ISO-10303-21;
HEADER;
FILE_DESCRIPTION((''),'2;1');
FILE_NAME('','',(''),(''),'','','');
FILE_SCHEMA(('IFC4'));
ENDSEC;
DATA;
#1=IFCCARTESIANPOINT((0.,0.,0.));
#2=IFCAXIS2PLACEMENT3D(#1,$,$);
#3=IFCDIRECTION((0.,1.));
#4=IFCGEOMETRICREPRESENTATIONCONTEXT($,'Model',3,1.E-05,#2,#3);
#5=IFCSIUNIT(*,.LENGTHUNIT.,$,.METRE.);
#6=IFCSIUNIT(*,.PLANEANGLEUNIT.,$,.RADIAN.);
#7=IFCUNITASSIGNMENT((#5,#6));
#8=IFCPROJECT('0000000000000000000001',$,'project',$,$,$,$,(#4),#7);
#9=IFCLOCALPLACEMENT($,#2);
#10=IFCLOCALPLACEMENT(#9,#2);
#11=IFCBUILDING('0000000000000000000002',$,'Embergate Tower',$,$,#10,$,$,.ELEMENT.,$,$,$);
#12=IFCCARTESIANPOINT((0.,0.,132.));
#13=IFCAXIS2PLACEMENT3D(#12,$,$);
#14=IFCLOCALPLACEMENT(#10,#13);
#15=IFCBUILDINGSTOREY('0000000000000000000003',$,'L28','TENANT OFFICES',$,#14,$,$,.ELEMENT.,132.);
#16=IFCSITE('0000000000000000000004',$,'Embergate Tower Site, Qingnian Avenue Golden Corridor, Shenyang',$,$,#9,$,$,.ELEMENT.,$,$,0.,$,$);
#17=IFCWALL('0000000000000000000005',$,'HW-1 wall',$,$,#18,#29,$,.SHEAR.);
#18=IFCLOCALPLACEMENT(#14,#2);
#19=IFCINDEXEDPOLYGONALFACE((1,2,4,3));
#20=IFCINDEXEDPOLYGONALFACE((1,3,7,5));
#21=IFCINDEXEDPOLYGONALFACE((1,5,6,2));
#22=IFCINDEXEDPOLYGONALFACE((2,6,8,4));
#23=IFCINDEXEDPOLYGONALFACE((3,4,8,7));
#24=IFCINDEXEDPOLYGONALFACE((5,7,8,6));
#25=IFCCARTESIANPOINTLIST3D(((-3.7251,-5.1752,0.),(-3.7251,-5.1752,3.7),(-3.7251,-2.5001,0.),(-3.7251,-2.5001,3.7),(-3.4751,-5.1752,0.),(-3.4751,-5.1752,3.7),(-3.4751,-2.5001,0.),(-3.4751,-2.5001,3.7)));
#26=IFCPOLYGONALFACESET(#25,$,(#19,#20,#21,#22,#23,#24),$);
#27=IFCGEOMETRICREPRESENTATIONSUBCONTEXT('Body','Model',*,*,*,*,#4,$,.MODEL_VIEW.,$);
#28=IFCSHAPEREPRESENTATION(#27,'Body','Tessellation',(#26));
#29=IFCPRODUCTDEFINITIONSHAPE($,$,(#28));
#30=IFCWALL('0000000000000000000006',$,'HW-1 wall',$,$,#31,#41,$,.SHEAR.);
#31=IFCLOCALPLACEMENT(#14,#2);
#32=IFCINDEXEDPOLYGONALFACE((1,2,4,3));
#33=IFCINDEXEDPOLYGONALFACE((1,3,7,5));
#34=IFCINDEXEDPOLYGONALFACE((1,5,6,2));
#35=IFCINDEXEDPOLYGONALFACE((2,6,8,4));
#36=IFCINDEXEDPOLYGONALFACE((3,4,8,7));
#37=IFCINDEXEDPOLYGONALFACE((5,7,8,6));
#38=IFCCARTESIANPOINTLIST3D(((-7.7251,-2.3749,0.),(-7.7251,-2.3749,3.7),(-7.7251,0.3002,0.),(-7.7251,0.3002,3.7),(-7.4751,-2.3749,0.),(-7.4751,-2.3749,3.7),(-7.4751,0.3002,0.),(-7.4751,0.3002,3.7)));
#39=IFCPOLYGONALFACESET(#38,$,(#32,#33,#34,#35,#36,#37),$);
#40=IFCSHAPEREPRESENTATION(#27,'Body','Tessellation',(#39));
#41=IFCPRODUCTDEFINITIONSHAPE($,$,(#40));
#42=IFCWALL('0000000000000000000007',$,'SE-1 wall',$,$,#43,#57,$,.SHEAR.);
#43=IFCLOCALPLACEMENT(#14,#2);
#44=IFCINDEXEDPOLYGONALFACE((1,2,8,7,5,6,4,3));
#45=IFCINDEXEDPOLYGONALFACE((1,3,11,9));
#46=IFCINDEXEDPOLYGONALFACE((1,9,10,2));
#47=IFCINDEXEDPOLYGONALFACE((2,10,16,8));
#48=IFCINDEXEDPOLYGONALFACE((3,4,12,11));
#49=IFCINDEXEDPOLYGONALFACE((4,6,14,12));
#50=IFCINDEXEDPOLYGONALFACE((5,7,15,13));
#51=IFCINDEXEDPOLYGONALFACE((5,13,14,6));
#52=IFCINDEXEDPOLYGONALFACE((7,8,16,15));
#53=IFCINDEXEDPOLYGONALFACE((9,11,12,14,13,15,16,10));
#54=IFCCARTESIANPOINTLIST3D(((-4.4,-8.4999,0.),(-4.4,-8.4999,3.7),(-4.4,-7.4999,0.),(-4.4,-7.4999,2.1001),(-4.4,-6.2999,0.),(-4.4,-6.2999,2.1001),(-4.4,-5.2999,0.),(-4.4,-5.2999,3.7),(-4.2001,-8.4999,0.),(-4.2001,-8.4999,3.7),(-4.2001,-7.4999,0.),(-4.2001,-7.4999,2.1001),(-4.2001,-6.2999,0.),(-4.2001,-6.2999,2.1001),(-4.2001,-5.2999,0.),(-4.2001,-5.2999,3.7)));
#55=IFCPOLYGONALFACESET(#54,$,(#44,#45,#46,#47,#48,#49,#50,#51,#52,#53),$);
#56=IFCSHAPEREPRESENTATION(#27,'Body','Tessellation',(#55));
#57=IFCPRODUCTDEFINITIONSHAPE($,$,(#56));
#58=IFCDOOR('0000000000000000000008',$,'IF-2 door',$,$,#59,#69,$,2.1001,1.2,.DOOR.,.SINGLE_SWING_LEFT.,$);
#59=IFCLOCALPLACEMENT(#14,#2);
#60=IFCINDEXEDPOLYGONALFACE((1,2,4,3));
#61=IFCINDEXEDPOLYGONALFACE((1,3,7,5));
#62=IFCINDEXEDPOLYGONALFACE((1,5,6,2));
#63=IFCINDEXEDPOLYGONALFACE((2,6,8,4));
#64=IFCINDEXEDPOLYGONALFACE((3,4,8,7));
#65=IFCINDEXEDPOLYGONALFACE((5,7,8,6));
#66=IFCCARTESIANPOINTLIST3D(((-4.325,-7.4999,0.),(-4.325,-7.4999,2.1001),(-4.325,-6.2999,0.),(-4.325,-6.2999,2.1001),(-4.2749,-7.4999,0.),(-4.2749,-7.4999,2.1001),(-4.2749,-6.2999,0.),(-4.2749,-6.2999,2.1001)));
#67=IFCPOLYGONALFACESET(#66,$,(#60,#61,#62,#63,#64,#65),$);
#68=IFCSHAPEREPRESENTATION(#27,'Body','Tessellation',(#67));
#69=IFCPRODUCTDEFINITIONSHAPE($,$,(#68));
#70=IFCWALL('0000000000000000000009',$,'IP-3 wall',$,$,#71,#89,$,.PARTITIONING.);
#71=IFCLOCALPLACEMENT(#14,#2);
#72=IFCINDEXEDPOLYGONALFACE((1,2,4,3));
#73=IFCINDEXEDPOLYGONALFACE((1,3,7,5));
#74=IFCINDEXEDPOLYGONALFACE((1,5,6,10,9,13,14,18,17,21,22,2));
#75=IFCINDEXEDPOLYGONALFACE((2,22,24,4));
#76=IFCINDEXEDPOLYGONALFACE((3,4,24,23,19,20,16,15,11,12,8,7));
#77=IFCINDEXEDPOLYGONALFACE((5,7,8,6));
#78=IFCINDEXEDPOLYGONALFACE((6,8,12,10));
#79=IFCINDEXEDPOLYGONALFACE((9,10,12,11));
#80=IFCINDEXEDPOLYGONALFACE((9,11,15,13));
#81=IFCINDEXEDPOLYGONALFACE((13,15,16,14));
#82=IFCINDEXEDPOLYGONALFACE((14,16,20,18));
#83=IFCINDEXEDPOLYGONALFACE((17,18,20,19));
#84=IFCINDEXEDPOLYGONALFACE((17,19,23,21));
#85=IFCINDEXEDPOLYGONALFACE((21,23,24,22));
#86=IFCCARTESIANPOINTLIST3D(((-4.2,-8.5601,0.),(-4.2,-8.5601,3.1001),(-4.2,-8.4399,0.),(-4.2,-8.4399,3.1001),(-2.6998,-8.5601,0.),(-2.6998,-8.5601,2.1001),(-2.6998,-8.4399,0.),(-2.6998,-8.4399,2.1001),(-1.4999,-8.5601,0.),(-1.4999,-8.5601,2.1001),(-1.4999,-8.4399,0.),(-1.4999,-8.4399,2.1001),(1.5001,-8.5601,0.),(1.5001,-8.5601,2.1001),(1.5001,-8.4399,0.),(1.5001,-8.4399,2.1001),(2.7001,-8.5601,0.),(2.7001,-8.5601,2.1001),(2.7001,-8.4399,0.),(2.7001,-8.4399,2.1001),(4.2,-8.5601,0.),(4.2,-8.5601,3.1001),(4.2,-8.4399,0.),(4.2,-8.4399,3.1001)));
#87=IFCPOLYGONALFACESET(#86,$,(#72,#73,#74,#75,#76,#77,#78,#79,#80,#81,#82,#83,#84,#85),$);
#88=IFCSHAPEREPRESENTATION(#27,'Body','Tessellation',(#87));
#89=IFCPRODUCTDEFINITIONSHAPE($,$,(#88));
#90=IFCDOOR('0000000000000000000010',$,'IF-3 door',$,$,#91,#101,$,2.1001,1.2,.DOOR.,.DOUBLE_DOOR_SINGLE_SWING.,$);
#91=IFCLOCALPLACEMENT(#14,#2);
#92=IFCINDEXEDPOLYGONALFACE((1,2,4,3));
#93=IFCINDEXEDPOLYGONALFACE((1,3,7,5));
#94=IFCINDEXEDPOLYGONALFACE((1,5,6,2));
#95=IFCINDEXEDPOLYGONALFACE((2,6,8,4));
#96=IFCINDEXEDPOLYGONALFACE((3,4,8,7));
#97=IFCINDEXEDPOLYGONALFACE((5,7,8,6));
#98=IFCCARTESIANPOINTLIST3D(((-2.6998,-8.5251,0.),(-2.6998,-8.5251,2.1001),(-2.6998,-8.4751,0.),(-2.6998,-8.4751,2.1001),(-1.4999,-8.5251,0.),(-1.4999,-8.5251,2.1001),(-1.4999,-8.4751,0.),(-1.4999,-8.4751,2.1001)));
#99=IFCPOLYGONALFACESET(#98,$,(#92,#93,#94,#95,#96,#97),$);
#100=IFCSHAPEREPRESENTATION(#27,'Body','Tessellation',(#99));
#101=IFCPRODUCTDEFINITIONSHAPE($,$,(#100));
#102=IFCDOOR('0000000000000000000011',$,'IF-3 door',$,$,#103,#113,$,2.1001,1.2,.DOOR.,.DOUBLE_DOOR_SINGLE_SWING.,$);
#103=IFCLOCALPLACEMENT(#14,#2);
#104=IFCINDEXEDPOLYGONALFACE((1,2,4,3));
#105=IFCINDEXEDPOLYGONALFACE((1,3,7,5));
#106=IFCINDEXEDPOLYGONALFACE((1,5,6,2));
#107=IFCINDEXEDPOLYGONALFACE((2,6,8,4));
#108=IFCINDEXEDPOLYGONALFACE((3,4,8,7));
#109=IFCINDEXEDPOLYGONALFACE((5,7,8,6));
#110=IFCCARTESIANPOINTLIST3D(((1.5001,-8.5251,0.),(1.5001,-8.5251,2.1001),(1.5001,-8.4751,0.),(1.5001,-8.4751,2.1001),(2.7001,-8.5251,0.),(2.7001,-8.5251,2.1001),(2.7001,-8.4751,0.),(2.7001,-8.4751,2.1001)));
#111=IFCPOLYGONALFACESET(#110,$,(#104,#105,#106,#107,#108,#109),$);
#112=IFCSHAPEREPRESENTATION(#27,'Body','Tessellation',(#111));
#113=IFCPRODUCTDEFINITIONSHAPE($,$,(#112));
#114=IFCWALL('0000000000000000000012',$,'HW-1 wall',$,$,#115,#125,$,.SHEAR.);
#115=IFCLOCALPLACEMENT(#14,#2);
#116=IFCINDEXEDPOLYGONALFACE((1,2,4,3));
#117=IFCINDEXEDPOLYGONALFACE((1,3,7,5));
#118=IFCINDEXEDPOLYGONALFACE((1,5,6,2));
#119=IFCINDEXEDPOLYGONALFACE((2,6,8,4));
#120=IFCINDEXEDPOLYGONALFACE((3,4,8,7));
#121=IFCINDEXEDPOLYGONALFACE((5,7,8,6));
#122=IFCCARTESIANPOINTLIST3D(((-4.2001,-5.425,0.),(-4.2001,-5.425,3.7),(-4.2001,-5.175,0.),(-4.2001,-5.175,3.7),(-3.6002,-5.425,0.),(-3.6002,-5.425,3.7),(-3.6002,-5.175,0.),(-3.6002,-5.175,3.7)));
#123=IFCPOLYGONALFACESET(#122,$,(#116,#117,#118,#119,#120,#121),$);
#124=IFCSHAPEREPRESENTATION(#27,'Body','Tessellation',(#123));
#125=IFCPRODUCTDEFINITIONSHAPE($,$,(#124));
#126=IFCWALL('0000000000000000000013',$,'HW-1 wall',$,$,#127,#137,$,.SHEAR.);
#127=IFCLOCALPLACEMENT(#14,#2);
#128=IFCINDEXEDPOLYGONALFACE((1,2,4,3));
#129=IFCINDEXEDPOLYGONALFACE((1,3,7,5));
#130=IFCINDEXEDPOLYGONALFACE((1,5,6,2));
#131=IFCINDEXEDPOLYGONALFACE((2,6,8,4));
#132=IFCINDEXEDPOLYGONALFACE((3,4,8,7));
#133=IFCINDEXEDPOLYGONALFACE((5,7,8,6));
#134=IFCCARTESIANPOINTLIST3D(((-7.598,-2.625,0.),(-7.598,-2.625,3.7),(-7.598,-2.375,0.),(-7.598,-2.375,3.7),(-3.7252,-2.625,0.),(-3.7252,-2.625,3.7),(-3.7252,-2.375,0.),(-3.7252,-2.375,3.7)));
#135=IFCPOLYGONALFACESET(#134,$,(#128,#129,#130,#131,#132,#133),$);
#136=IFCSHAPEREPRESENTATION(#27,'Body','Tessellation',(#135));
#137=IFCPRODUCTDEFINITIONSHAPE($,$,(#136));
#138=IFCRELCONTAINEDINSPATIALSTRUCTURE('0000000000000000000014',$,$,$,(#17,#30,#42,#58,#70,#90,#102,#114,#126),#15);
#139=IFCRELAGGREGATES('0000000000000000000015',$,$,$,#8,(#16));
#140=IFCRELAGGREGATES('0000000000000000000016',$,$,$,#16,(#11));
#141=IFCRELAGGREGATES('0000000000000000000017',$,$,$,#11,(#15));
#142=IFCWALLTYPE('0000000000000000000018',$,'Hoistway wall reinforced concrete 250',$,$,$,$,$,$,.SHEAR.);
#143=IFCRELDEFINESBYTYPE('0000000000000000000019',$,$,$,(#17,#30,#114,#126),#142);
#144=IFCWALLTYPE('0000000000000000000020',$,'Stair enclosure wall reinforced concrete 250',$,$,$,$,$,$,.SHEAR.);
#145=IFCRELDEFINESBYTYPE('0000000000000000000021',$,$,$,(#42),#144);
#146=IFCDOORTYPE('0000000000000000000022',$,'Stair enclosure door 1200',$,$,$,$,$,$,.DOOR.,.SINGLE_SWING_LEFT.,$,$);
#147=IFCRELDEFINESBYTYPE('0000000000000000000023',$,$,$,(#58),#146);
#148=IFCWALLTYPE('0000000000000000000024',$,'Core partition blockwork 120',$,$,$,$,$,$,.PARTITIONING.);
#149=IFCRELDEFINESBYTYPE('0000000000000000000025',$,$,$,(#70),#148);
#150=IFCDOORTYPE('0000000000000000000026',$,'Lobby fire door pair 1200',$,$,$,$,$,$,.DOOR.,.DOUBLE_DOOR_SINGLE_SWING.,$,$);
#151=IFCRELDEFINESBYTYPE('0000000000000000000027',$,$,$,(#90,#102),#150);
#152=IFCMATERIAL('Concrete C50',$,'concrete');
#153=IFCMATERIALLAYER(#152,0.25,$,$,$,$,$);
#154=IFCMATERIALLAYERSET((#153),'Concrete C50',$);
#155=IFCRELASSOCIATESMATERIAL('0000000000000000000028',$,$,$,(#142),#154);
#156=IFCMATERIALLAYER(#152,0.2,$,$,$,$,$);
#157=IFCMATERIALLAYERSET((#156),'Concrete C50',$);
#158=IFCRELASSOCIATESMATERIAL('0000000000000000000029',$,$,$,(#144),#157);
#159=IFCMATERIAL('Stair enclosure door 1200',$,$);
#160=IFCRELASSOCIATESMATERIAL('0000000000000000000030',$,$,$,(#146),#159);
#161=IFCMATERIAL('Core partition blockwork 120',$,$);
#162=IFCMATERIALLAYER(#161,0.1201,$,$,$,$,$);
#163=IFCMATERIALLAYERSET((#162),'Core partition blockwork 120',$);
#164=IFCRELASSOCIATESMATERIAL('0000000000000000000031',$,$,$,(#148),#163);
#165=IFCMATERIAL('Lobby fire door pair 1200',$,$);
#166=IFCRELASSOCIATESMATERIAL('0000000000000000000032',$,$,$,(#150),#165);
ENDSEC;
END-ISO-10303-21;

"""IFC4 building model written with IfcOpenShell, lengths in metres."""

from ifc_helpers import new_model, si_unit, direction, frame, frame_2d, origin, place, context, subcontext, project, spatial, rectangle, extrude, source, transform, mapped, material, layer, layer_set, type_object, element, fill, save


model = new_model("IFC4")

# Units and contexts
model_context = context("Model", 3, precision=1e-05, world=origin(), true_north=direction((0.0, 1.0)))
body_context = subcontext(model_context, "Body", "Model", "MODEL_VIEW")
ifc_project = project(units=[si_unit("LENGTHUNIT", "METRE"), si_unit("PLANEANGLEUNIT", "RADIAN")], contexts=[model_context])

# Site, building, storey
site_placement = place(None, origin())
site = spatial("IfcSite", under=ifc_project, at=site_placement, Name="Embergate Tower Site, Qingnian Avenue Golden Corridor, Shenyang", CompositionType="ELEMENT", RefElevation=0.0)
building_placement = place(site_placement, origin())
building = spatial("IfcBuilding", under=site, at=building_placement, Name="Embergate Tower", CompositionType="ELEMENT")
storey_placement = place(building_placement, frame((0.0, 0.0, 132.0)))
storey = spatial("IfcBuildingStorey", under=building, at=storey_placement, Name="L28", Description="TENANT OFFICES", CompositionType="ELEMENT", Elevation=132.0)

# Walls
ifc_material_1 = material(Name="Concrete C50", Category="concrete")
ifc_layer_1 = layer(ifc_material_1, 0.25)
ifc_layer_set_1 = layer_set([ifc_layer_1], Name="Concrete C50")
wall_type_1 = type_object("IfcWallType", Name="Hoistway wall reinforced concrete 250", PredefinedType="SHEAR", material=ifc_layer_set_1)
shared_shape_1 = source(origin(), body_context, "Body", "SweptSolid", [
    extrude(rectangle(XDim=2.675, YDim=0.25, at=frame_2d((1.3374, 0.0))), origin(), (0.0, 0.0, 1.0), 3.7),
])
for number, where, z_axis, x_axis, name in (
    (1, (-3.6001, -5.175, 0.0), (0.0, 0.0, 1.0), (0.0, 1.0, 0.0), "HW-1 wall"),
    (2, (-7.6001, 0.3, 0.0), (0.0, 0.0, 1.0), (0.0, -1.0, 0.0), "HW-1 wall"),
):
    element("IfcWall", number, at=place(storey_placement, frame(where, z_axis=z_axis, x_axis=x_axis)), inside=storey, type_object=wall_type_1, Name=name, PredefinedType="SHEAR", context=body_context, shape_type="MappedRepresentation", body=[
        mapped(shared_shape_1, transform((0.0, 0.0, 0.0))),
    ])

# Wall, opening, door
ifc_layer_2 = layer(ifc_material_1, 0.2)
ifc_layer_set_2 = layer_set([ifc_layer_2], Name="Concrete C50")
wall_type_2 = type_object("IfcWallType", Name="Stair enclosure wall reinforced concrete 250", PredefinedType="SHEAR", material=ifc_layer_set_2)
shared_shape_2 = source(origin(), body_context, "Body", "SweptSolid", [
    extrude(rectangle(XDim=3.2, YDim=0.2, at=frame_2d((1.6001, 0.0))), origin(), (0.0, 0.0, 1.0), 3.7),
])
wall_1_placement = place(storey_placement, frame((-4.3, -8.5, 0.0), z_axis=(0.0, 0.0, 1.0), x_axis=(0.0, 1.0, 0.0)))
wall_1 = element("IfcWall", 3, at=wall_1_placement, inside=storey, type_object=wall_type_2, Name="SE-1 wall", PredefinedType="SHEAR", context=body_context, shape_type="MappedRepresentation", body=[
    mapped(shared_shape_2, transform((0.0, 0.0, 0.0))),
])
shared_shape_3 = source(origin(), body_context, "Body", "SweptSolid", [
    extrude(rectangle(XDim=1.2, YDim=2.1001, at=frame_2d((0.6001, 1.05))), frame((0.0, 0.1099, 0.0), z_axis=(0.0, -1.0, 0.0), x_axis=(1.0, 0.0, 0.0)), (0.0, 0.0, 1.0), 0.22),
])
opening_1_placement = place(wall_1_placement, frame((1.0, 0.0, 0.0)))
opening_1 = element("IfcOpeningElement", 4, at=opening_1_placement, cuts=wall_1, PredefinedType="OPENING", context=body_context, shape_type="MappedRepresentation", body=[
    mapped(shared_shape_3, transform((0.0, 0.0, 0.0))),
])
ifc_material_2 = material(Name="Stair enclosure door 1200")
door_type_1 = type_object("IfcDoorType", Name="Stair enclosure door 1200", OperationType="SINGLE_SWING_LEFT", PredefinedType="DOOR", material=ifc_material_2)
shared_shape_4 = source(origin(), body_context, "Body", "SweptSolid", [
    extrude(rectangle(XDim=1.2, YDim=2.1001, at=frame_2d((0.6001, 1.05))), frame((0.0, 0.0249, 0.0), z_axis=(0.0, -1.0, 0.0), x_axis=(1.0, 0.0, 0.0)), (0.0, 0.0, 1.0), 0.05),
])
door_1_placement = place(opening_1_placement, origin())
door_1 = element("IfcDoor", 5, at=door_1_placement, inside=storey, type_object=door_type_1, Name="IF-2 door", OperationType="SINGLE_SWING_LEFT", OverallHeight=2.1001, OverallWidth=1.2, PredefinedType="DOOR", context=body_context, shape_type="MappedRepresentation", body=[
    mapped(shared_shape_4, transform((0.0, 0.0, 0.0))),
])
fill(opening_1, door_1)

# Wall, openings, doors
ifc_material_3 = material(Name="Core partition blockwork 120")
ifc_layer_3 = layer(ifc_material_3, 0.1201)
ifc_layer_set_3 = layer_set([ifc_layer_3], Name="Core partition blockwork 120")
wall_type_3 = type_object("IfcWallType", Name="Core partition blockwork 120", PredefinedType="PARTITIONING", material=ifc_layer_set_3)
shared_shape_5 = source(origin(), body_context, "Body", "SweptSolid", [
    extrude(rectangle(XDim=8.3999, YDim=0.1201, at=frame_2d((4.2, 0.0))), origin(), (0.0, 0.0, 1.0), 3.1001),
])
wall_2_placement = place(storey_placement, frame((-4.2, -8.5, 0.0), z_axis=(0.0, 0.0, 1.0), x_axis=(1.0, 0.0, 0.0)))
wall_2 = element("IfcWall", 6, at=wall_2_placement, inside=storey, type_object=wall_type_3, Name="IP-3 wall", PredefinedType="PARTITIONING", context=body_context, shape_type="MappedRepresentation", body=[
    mapped(shared_shape_5, transform((0.0, 0.0, 0.0))),
])
shared_shape_6 = source(origin(), body_context, "Body", "SweptSolid", [
    extrude(rectangle(XDim=1.2, YDim=2.1001, at=frame_2d((0.6001, 1.05))), frame((0.0, 0.0701, 0.0), z_axis=(0.0, -1.0, 0.0), x_axis=(1.0, 0.0, 0.0)), (0.0, 0.0, 1.0), 0.1401),
])
opening_2_placement = place(wall_2_placement, frame((1.5, 0.0, 0.0)))
opening_2 = element("IfcOpeningElement", 7, at=opening_2_placement, cuts=wall_2, PredefinedType="OPENING", context=body_context, shape_type="MappedRepresentation", body=[
    mapped(shared_shape_6, transform((0.0, 0.0, 0.0))),
])
opening_3_placement = place(wall_2_placement, frame((5.7, 0.0, 0.0)))
opening_3 = element("IfcOpeningElement", 8, at=opening_3_placement, cuts=wall_2, PredefinedType="OPENING", context=body_context, shape_type="MappedRepresentation", body=[
    mapped(shared_shape_6, transform((0.0, 0.0, 0.0))),
])
ifc_material_4 = material(Name="Lobby fire door pair 1200")
door_type_2 = type_object("IfcDoorType", Name="Lobby fire door pair 1200", OperationType="DOUBLE_DOOR_SINGLE_SWING", PredefinedType="DOOR", material=ifc_material_4)
door_2_placement = place(opening_2_placement, origin())
door_2 = element("IfcDoor", 9, at=door_2_placement, inside=storey, type_object=door_type_2, Name="IF-3 door", OperationType="DOUBLE_DOOR_SINGLE_SWING", OverallHeight=2.1001, OverallWidth=1.2, PredefinedType="DOOR", context=body_context, shape_type="MappedRepresentation", body=[
    mapped(shared_shape_4, transform((0.0, 0.0, 0.0))),
])
fill(opening_2, door_2)
door_3_placement = place(opening_3_placement, origin())
door_3 = element("IfcDoor", 10, at=door_3_placement, inside=storey, type_object=door_type_2, Name="IF-3 door", OperationType="DOUBLE_DOOR_SINGLE_SWING", OverallHeight=2.1001, OverallWidth=1.2, PredefinedType="DOOR", context=body_context, shape_type="MappedRepresentation", body=[
    mapped(shared_shape_4, transform((0.0, 0.0, 0.0))),
])
fill(opening_3, door_3)

# Walls
shared_shape_7 = source(origin(), body_context, "Body", "SweptSolid", [
    extrude(rectangle(XDim=0.5999, YDim=0.25, at=frame_2d((0.2998, 0.0))), origin(), (0.0, 0.0, 1.0), 3.7),
])
wall_3_placement = place(storey_placement, frame((-4.2, -5.3, 0.0), z_axis=(0.0, 0.0, 1.0), x_axis=(1.0, 0.0, 0.0)))
element("IfcWall", 11, at=wall_3_placement, inside=storey, type_object=wall_type_1, Name="HW-1 wall", PredefinedType="SHEAR", context=body_context, shape_type="MappedRepresentation", body=[
    mapped(shared_shape_7, transform((0.0, 0.0, 0.0))),
])
shared_shape_8 = source(origin(), body_context, "Body", "SweptSolid", [
    extrude(rectangle(XDim=3.8728, YDim=0.25, at=frame_2d((1.9365, 0.0))), origin(), (0.0, 0.0, 1.0), 3.7),
])
wall_4_placement = place(storey_placement, frame((-3.7251, -2.5, 0.0), z_axis=(0.0, 0.0, 1.0), x_axis=(-1.0, 0.0, 0.0)))
element("IfcWall", 12, at=wall_4_placement, inside=storey, type_object=wall_type_1, Name="HW-1 wall", PredefinedType="SHEAR", context=body_context, shape_type="MappedRepresentation", body=[
    mapped(shared_shape_8, transform((0.0, 0.0, 0.0))),
])

save(model, "model.ifc")
